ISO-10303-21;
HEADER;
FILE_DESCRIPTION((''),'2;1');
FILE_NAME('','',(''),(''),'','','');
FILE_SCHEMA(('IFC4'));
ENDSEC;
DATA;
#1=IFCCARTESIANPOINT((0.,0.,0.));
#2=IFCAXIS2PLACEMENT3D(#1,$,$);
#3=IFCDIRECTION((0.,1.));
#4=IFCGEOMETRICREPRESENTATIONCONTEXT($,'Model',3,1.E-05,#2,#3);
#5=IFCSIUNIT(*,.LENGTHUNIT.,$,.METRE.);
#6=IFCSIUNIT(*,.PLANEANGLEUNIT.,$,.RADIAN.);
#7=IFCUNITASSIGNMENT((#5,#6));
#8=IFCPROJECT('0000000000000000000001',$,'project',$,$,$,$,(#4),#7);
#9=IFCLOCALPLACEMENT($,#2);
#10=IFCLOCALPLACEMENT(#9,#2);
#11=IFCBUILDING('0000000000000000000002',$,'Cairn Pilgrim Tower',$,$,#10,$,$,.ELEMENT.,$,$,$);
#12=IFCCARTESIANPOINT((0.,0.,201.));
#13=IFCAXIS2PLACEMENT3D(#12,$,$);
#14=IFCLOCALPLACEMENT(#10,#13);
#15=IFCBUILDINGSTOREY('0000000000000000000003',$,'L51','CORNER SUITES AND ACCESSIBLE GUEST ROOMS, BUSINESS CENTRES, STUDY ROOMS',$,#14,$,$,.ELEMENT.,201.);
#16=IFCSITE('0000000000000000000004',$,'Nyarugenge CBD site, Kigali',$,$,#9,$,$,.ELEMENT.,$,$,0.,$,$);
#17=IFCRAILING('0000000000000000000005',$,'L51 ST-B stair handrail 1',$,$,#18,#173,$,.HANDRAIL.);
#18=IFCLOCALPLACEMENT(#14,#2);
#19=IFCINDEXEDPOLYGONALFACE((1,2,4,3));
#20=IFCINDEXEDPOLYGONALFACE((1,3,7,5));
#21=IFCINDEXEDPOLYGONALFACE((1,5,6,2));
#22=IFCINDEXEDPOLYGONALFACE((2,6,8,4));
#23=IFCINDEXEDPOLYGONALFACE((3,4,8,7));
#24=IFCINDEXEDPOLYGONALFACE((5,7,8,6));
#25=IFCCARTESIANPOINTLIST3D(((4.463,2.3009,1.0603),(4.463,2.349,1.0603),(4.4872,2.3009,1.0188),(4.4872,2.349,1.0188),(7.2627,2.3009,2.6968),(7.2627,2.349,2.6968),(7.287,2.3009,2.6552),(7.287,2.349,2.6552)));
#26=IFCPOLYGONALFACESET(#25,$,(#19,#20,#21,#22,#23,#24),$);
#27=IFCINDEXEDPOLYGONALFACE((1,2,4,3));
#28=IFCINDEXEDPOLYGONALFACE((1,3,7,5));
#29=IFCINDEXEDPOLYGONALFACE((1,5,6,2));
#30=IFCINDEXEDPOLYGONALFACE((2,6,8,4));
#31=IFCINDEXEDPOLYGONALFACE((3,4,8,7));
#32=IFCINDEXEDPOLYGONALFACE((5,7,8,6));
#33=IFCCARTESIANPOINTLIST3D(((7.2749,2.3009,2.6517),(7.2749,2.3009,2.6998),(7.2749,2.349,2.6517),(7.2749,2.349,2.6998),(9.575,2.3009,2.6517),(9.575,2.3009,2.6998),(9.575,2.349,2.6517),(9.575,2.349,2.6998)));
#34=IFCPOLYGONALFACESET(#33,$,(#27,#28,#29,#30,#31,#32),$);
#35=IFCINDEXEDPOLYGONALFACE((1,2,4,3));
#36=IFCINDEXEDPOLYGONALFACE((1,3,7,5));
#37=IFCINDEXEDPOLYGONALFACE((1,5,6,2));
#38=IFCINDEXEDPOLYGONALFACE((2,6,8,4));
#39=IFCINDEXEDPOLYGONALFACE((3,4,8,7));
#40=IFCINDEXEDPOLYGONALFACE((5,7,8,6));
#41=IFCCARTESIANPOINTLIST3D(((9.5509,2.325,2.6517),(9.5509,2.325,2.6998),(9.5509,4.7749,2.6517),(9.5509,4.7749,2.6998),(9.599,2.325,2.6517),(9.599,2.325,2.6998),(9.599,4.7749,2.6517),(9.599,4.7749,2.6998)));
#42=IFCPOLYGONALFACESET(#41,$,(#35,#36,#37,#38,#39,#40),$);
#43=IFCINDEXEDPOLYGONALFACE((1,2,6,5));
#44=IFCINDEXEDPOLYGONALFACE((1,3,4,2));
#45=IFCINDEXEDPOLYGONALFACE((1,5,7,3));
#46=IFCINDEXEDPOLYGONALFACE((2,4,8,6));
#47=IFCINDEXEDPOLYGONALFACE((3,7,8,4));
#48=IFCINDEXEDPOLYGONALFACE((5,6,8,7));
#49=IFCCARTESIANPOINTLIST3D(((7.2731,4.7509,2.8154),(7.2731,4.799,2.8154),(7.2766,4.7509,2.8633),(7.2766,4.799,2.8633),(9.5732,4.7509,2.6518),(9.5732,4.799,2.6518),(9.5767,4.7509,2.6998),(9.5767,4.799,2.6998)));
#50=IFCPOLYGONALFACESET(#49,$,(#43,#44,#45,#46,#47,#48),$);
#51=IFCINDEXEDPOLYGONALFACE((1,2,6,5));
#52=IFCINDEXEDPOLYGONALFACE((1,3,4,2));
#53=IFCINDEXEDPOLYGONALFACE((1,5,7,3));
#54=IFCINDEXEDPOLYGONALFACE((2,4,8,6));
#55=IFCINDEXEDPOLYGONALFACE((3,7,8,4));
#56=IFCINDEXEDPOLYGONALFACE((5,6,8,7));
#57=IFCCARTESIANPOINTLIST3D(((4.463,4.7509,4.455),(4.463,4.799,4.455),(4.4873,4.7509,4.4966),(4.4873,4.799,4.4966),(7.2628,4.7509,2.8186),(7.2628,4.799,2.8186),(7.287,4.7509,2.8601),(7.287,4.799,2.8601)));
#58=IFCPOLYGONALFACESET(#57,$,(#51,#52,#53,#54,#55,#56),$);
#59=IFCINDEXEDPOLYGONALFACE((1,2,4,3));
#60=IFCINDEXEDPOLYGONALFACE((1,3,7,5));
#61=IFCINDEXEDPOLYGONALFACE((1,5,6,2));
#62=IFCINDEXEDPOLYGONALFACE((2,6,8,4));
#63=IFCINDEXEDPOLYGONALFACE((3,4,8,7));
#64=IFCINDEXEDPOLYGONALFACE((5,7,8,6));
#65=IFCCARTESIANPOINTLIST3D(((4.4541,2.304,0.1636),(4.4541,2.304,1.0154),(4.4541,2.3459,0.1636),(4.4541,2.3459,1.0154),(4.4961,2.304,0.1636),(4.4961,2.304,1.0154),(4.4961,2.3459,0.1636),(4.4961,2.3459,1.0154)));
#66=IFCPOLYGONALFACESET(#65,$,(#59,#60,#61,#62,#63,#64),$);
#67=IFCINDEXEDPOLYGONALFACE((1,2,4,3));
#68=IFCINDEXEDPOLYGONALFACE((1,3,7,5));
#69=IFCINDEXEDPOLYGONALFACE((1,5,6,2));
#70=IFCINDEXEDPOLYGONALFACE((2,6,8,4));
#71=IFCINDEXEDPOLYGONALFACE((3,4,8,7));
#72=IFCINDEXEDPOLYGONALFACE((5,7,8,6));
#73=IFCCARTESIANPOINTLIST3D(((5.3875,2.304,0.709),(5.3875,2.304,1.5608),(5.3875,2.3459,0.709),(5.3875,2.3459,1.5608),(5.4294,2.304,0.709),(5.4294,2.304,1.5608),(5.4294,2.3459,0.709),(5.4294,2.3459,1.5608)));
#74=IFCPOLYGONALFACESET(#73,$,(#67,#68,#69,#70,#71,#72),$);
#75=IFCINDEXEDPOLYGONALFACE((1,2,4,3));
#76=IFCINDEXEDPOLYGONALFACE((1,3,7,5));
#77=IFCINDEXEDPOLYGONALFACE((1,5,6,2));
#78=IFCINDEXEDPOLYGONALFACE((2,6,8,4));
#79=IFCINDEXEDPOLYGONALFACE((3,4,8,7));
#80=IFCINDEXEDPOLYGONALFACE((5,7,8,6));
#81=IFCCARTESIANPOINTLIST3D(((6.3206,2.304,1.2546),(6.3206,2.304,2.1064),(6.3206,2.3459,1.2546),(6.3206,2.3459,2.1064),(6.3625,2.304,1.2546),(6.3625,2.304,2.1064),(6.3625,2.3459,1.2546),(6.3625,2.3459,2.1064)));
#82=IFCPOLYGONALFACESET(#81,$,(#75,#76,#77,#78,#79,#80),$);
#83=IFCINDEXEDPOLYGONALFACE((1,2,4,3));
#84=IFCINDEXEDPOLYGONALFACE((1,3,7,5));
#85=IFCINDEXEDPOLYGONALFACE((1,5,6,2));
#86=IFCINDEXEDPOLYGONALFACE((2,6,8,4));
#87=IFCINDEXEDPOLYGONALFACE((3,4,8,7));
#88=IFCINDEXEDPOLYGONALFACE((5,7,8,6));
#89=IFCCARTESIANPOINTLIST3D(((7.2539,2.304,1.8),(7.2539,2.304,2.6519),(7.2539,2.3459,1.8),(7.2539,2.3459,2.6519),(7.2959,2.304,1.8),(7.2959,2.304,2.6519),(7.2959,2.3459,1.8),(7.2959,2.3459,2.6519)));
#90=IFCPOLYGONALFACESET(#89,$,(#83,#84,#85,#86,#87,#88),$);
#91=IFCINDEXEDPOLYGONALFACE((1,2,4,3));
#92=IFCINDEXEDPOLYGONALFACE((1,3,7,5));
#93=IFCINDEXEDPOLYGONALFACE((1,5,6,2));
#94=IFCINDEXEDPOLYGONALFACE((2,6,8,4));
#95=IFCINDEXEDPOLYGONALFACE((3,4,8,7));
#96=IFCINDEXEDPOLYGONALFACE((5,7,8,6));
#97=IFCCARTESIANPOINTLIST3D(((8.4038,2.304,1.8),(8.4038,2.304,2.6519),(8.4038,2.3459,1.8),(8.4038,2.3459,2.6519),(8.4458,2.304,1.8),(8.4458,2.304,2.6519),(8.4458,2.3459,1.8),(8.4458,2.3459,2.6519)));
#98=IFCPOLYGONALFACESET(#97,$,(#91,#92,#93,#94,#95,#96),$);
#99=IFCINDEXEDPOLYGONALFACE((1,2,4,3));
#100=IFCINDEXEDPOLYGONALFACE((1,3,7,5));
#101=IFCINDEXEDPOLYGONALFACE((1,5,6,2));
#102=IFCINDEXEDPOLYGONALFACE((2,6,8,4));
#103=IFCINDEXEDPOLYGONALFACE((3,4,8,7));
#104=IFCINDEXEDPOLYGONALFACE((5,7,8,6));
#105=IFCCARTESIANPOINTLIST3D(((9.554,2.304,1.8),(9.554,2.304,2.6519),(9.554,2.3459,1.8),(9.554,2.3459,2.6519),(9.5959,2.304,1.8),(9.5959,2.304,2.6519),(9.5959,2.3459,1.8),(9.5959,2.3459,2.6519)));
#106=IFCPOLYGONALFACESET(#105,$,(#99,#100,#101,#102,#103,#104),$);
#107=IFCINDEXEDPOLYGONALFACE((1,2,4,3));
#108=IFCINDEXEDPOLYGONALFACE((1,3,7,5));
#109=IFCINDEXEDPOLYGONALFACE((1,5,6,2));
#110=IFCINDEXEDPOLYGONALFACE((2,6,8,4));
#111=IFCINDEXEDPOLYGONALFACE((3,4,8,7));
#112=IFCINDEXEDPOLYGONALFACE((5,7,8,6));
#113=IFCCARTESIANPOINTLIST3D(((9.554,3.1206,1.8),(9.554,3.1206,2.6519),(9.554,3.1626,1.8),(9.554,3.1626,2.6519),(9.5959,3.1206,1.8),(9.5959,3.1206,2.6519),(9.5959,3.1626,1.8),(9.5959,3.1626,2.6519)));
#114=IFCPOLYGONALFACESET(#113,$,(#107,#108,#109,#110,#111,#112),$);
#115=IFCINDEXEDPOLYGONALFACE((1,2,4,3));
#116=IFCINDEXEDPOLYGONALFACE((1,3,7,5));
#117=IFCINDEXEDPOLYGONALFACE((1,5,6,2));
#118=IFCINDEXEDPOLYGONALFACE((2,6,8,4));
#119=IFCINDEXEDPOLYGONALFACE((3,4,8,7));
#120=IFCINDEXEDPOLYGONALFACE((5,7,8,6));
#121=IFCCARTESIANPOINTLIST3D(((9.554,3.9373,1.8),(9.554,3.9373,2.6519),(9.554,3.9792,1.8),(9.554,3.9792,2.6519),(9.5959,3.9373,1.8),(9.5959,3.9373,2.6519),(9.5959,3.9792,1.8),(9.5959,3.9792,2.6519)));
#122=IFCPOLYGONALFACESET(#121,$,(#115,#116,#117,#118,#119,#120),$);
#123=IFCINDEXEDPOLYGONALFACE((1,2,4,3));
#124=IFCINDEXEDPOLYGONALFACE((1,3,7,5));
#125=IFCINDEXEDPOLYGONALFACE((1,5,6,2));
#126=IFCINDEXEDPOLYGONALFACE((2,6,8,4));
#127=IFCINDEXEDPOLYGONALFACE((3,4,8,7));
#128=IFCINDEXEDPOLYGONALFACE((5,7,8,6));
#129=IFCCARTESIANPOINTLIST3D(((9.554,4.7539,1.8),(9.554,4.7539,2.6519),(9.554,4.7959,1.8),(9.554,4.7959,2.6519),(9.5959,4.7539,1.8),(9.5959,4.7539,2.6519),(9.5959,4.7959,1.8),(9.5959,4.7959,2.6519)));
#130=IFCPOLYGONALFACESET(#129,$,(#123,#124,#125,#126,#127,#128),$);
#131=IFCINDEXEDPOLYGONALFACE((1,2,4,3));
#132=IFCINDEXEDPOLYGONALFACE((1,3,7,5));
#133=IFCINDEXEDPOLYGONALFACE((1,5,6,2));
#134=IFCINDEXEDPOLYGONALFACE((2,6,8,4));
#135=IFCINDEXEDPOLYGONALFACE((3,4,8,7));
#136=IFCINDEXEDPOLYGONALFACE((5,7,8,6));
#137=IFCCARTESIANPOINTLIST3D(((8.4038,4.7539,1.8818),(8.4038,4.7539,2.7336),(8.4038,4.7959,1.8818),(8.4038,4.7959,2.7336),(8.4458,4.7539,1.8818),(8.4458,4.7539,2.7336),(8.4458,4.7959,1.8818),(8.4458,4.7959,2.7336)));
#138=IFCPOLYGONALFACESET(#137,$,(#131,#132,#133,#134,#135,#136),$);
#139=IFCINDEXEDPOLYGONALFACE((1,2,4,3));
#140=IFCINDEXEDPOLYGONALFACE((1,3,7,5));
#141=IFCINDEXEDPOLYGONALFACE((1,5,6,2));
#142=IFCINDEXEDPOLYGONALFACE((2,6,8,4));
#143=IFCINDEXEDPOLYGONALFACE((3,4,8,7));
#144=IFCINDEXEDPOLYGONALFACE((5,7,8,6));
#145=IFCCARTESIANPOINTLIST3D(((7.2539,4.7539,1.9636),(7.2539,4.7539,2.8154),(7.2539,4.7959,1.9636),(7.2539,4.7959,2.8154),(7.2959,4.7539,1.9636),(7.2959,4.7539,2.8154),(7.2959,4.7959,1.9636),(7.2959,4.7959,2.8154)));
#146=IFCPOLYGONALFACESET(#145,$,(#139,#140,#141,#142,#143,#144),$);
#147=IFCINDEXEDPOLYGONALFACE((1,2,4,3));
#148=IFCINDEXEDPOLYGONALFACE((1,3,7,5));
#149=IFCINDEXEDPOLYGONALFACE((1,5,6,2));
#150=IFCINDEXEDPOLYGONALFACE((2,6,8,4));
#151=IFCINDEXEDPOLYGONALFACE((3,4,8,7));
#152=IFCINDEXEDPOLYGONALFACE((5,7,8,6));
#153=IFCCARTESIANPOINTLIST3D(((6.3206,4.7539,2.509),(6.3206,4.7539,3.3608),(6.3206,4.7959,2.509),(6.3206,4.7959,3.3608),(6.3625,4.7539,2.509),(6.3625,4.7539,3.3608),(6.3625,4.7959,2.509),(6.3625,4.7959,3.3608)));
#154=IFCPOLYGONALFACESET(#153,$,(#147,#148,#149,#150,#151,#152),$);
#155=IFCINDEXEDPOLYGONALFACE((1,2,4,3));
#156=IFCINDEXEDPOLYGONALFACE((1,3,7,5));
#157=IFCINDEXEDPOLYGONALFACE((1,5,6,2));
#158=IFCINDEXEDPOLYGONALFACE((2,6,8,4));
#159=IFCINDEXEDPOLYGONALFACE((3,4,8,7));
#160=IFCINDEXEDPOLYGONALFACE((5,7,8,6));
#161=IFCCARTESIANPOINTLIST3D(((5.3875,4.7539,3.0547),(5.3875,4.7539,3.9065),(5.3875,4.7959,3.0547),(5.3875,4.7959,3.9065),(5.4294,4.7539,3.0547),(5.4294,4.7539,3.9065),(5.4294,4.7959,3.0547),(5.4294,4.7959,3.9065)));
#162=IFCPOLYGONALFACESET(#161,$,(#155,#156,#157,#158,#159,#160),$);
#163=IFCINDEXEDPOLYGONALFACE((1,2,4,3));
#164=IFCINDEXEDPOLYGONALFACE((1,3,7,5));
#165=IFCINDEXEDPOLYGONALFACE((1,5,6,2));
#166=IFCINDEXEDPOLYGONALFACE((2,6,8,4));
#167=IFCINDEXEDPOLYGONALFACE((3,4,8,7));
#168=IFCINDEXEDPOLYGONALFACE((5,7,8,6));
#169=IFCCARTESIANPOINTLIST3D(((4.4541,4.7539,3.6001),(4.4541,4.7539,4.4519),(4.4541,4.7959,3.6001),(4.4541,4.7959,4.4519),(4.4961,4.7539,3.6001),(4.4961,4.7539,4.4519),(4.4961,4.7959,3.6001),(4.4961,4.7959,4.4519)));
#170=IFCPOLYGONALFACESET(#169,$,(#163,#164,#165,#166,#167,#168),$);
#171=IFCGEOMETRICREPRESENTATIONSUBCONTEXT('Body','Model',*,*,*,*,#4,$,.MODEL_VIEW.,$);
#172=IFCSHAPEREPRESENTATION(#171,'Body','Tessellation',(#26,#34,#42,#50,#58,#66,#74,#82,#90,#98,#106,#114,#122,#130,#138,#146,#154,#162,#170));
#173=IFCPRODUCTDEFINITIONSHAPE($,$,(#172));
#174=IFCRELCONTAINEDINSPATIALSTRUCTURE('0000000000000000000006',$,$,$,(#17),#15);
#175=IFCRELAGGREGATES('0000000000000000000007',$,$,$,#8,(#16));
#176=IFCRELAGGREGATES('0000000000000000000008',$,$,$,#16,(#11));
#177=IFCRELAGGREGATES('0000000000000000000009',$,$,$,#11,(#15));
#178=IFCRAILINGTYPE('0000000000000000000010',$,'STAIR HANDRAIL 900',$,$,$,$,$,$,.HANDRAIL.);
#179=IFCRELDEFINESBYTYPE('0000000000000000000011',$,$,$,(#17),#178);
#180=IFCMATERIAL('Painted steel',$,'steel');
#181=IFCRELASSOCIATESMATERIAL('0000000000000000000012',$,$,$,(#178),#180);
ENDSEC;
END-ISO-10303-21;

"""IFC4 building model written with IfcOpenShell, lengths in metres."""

from ifc_helpers import new_model, si_unit, direction, frame, origin, origin_2d, place, context, subcontext, project, spatial, rectangle, extrude, material, type_object, element, save


model = new_model("IFC4")

# Units and contexts
model_context = context("Model", 3, precision=1e-05, world=origin(), true_north=direction((0.0, 1.0)))
body_context = subcontext(model_context, "Body", "Model", "MODEL_VIEW")
ifc_project = project(units=[si_unit("LENGTHUNIT", "METRE"), si_unit("PLANEANGLEUNIT", "RADIAN")], contexts=[model_context])

# Site, building, storey
site_placement = place(None, origin())
site = spatial("IfcSite", under=ifc_project, at=site_placement, Name="Nyarugenge CBD site, Kigali", CompositionType="ELEMENT", RefElevation=0.0)
building_placement = place(site_placement, origin())
building = spatial("IfcBuilding", under=site, at=building_placement, Name="Cairn Pilgrim Tower", CompositionType="ELEMENT")
storey_placement = place(building_placement, frame((0.0, 0.0, 201.0)))
storey = spatial("IfcBuildingStorey", under=building, at=storey_placement, Name="L51", Description="CORNER SUITES AND ACCESSIBLE GUEST ROOMS, BUSINESS CENTRES, STUDY ROOMS", CompositionType="ELEMENT", Elevation=201.0)

# Shared definitions
ifc_material_1 = material(Name="Painted steel", Category="steel")

# Railing
railing_type_1 = type_object("IfcRailingType", Name="STAIR HANDRAIL 900", PredefinedType="HANDRAIL", material=ifc_material_1)
railing_1_placement = place(storey_placement, frame((4.4751, 2.325, 0.1636)))
element("IfcRailing", 1, at=railing_1_placement, inside=storey, type_object=railing_type_1, Name="L51 ST-B stair handrail 1", PredefinedType="HANDRAIL", context=body_context, shape_type="SweptSolid", body=[
    extrude(rectangle(XDim=0.0481, YDim=0.0481, at=origin_2d()), frame((0.0, 0.0, 0.876), z_axis=(0.863342, 0.0, 0.50462), x_axis=(0.0, 1.0, 0.0)), (0.0, 0.0, 1.0), 3.2429),
    extrude(rectangle(XDim=0.0481, YDim=0.0481, at=origin_2d()), frame((2.7998, 0.0, 2.5122), z_axis=(1.0, 0.0, 0.0), x_axis=(0.0, 1.0, 0.0)), (0.0, 0.0, 1.0), 2.3),
    extrude(rectangle(XDim=0.0481, YDim=0.0481, at=origin_2d()), frame((5.0999, 0.0, 2.5122), z_axis=(0.0, 1.0, 0.0), x_axis=(-1.0, 0.0, 0.0)), (0.0, 0.0, 1.0), 2.45),
    extrude(rectangle(XDim=0.0481, YDim=0.0481, at=origin_2d()), frame((5.0999, 2.45, 2.5122), z_axis=(-0.997481, 0.0, 0.070939), x_axis=(0.0, -1.0, 0.0)), (0.0, 0.0, 1.0), 2.3059),
    extrude(rectangle(XDim=0.0481, YDim=0.0481, at=origin_2d()), frame((2.7998, 2.45, 2.6758), z_axis=(-0.863342, 0.0, 0.50462), x_axis=(0.0, -1.0, 0.0)), (0.0, 0.0, 1.0), 3.2429),
    extrude(rectangle(XDim=0.042, YDim=0.042, at=origin_2d()), origin(), (0.0, 0.0, 1.0), 0.8518),
    extrude(rectangle(XDim=0.042, YDim=0.042, at=origin_2d()), frame((0.9333, 0.0, 0.5454)), (0.0, 0.0, 1.0), 0.8518),
    extrude(rectangle(XDim=0.042, YDim=0.042, at=origin_2d()), frame((1.8665, 0.0, 1.0911)), (0.0, 0.0, 1.0), 0.8518),
    extrude(rectangle(XDim=0.042, YDim=0.042, at=origin_2d()), frame((2.7998, 0.0, 1.6365)), (0.0, 0.0, 1.0), 0.8518),
    extrude(rectangle(XDim=0.042, YDim=0.042, at=origin_2d()), frame((3.9497, 0.0, 1.6365)), (0.0, 0.0, 1.0), 0.8518),
    extrude(rectangle(XDim=0.042, YDim=0.042, at=origin_2d()), frame((5.0999, 0.0, 1.6365)), (0.0, 0.0, 1.0), 0.8518),
    extrude(rectangle(XDim=0.042, YDim=0.042, at=origin_2d()), frame((5.0999, 0.8167, 1.6365)), (0.0, 0.0, 1.0), 0.8518),
    extrude(rectangle(XDim=0.042, YDim=0.042, at=origin_2d()), frame((5.0999, 1.6333, 1.6365)), (0.0, 0.0, 1.0), 0.8518),
    extrude(rectangle(XDim=0.042, YDim=0.042, at=origin_2d()), frame((5.0999, 2.45, 1.6365)), (0.0, 0.0, 1.0), 0.8518),
    extrude(rectangle(XDim=0.042, YDim=0.042, at=origin_2d()), frame((3.9497, 2.45, 1.7183)), (0.0, 0.0, 1.0), 0.8518),
    extrude(rectangle(XDim=0.042, YDim=0.042, at=origin_2d()), frame((2.7998, 2.45, 1.8)), (0.0, 0.0, 1.0), 0.8518),
    extrude(rectangle(XDim=0.042, YDim=0.042, at=origin_2d()), frame((1.8665, 2.45, 2.3455)), (0.0, 0.0, 1.0), 0.8518),
    extrude(rectangle(XDim=0.042, YDim=0.042, at=origin_2d()), frame((0.9333, 2.45, 2.8911)), (0.0, 0.0, 1.0), 0.8518),
    extrude(rectangle(XDim=0.042, YDim=0.042, at=origin_2d()), frame((0.0, 2.45, 3.4365)), (0.0, 0.0, 1.0), 0.8518),
])

save(model, "model.ifc")
